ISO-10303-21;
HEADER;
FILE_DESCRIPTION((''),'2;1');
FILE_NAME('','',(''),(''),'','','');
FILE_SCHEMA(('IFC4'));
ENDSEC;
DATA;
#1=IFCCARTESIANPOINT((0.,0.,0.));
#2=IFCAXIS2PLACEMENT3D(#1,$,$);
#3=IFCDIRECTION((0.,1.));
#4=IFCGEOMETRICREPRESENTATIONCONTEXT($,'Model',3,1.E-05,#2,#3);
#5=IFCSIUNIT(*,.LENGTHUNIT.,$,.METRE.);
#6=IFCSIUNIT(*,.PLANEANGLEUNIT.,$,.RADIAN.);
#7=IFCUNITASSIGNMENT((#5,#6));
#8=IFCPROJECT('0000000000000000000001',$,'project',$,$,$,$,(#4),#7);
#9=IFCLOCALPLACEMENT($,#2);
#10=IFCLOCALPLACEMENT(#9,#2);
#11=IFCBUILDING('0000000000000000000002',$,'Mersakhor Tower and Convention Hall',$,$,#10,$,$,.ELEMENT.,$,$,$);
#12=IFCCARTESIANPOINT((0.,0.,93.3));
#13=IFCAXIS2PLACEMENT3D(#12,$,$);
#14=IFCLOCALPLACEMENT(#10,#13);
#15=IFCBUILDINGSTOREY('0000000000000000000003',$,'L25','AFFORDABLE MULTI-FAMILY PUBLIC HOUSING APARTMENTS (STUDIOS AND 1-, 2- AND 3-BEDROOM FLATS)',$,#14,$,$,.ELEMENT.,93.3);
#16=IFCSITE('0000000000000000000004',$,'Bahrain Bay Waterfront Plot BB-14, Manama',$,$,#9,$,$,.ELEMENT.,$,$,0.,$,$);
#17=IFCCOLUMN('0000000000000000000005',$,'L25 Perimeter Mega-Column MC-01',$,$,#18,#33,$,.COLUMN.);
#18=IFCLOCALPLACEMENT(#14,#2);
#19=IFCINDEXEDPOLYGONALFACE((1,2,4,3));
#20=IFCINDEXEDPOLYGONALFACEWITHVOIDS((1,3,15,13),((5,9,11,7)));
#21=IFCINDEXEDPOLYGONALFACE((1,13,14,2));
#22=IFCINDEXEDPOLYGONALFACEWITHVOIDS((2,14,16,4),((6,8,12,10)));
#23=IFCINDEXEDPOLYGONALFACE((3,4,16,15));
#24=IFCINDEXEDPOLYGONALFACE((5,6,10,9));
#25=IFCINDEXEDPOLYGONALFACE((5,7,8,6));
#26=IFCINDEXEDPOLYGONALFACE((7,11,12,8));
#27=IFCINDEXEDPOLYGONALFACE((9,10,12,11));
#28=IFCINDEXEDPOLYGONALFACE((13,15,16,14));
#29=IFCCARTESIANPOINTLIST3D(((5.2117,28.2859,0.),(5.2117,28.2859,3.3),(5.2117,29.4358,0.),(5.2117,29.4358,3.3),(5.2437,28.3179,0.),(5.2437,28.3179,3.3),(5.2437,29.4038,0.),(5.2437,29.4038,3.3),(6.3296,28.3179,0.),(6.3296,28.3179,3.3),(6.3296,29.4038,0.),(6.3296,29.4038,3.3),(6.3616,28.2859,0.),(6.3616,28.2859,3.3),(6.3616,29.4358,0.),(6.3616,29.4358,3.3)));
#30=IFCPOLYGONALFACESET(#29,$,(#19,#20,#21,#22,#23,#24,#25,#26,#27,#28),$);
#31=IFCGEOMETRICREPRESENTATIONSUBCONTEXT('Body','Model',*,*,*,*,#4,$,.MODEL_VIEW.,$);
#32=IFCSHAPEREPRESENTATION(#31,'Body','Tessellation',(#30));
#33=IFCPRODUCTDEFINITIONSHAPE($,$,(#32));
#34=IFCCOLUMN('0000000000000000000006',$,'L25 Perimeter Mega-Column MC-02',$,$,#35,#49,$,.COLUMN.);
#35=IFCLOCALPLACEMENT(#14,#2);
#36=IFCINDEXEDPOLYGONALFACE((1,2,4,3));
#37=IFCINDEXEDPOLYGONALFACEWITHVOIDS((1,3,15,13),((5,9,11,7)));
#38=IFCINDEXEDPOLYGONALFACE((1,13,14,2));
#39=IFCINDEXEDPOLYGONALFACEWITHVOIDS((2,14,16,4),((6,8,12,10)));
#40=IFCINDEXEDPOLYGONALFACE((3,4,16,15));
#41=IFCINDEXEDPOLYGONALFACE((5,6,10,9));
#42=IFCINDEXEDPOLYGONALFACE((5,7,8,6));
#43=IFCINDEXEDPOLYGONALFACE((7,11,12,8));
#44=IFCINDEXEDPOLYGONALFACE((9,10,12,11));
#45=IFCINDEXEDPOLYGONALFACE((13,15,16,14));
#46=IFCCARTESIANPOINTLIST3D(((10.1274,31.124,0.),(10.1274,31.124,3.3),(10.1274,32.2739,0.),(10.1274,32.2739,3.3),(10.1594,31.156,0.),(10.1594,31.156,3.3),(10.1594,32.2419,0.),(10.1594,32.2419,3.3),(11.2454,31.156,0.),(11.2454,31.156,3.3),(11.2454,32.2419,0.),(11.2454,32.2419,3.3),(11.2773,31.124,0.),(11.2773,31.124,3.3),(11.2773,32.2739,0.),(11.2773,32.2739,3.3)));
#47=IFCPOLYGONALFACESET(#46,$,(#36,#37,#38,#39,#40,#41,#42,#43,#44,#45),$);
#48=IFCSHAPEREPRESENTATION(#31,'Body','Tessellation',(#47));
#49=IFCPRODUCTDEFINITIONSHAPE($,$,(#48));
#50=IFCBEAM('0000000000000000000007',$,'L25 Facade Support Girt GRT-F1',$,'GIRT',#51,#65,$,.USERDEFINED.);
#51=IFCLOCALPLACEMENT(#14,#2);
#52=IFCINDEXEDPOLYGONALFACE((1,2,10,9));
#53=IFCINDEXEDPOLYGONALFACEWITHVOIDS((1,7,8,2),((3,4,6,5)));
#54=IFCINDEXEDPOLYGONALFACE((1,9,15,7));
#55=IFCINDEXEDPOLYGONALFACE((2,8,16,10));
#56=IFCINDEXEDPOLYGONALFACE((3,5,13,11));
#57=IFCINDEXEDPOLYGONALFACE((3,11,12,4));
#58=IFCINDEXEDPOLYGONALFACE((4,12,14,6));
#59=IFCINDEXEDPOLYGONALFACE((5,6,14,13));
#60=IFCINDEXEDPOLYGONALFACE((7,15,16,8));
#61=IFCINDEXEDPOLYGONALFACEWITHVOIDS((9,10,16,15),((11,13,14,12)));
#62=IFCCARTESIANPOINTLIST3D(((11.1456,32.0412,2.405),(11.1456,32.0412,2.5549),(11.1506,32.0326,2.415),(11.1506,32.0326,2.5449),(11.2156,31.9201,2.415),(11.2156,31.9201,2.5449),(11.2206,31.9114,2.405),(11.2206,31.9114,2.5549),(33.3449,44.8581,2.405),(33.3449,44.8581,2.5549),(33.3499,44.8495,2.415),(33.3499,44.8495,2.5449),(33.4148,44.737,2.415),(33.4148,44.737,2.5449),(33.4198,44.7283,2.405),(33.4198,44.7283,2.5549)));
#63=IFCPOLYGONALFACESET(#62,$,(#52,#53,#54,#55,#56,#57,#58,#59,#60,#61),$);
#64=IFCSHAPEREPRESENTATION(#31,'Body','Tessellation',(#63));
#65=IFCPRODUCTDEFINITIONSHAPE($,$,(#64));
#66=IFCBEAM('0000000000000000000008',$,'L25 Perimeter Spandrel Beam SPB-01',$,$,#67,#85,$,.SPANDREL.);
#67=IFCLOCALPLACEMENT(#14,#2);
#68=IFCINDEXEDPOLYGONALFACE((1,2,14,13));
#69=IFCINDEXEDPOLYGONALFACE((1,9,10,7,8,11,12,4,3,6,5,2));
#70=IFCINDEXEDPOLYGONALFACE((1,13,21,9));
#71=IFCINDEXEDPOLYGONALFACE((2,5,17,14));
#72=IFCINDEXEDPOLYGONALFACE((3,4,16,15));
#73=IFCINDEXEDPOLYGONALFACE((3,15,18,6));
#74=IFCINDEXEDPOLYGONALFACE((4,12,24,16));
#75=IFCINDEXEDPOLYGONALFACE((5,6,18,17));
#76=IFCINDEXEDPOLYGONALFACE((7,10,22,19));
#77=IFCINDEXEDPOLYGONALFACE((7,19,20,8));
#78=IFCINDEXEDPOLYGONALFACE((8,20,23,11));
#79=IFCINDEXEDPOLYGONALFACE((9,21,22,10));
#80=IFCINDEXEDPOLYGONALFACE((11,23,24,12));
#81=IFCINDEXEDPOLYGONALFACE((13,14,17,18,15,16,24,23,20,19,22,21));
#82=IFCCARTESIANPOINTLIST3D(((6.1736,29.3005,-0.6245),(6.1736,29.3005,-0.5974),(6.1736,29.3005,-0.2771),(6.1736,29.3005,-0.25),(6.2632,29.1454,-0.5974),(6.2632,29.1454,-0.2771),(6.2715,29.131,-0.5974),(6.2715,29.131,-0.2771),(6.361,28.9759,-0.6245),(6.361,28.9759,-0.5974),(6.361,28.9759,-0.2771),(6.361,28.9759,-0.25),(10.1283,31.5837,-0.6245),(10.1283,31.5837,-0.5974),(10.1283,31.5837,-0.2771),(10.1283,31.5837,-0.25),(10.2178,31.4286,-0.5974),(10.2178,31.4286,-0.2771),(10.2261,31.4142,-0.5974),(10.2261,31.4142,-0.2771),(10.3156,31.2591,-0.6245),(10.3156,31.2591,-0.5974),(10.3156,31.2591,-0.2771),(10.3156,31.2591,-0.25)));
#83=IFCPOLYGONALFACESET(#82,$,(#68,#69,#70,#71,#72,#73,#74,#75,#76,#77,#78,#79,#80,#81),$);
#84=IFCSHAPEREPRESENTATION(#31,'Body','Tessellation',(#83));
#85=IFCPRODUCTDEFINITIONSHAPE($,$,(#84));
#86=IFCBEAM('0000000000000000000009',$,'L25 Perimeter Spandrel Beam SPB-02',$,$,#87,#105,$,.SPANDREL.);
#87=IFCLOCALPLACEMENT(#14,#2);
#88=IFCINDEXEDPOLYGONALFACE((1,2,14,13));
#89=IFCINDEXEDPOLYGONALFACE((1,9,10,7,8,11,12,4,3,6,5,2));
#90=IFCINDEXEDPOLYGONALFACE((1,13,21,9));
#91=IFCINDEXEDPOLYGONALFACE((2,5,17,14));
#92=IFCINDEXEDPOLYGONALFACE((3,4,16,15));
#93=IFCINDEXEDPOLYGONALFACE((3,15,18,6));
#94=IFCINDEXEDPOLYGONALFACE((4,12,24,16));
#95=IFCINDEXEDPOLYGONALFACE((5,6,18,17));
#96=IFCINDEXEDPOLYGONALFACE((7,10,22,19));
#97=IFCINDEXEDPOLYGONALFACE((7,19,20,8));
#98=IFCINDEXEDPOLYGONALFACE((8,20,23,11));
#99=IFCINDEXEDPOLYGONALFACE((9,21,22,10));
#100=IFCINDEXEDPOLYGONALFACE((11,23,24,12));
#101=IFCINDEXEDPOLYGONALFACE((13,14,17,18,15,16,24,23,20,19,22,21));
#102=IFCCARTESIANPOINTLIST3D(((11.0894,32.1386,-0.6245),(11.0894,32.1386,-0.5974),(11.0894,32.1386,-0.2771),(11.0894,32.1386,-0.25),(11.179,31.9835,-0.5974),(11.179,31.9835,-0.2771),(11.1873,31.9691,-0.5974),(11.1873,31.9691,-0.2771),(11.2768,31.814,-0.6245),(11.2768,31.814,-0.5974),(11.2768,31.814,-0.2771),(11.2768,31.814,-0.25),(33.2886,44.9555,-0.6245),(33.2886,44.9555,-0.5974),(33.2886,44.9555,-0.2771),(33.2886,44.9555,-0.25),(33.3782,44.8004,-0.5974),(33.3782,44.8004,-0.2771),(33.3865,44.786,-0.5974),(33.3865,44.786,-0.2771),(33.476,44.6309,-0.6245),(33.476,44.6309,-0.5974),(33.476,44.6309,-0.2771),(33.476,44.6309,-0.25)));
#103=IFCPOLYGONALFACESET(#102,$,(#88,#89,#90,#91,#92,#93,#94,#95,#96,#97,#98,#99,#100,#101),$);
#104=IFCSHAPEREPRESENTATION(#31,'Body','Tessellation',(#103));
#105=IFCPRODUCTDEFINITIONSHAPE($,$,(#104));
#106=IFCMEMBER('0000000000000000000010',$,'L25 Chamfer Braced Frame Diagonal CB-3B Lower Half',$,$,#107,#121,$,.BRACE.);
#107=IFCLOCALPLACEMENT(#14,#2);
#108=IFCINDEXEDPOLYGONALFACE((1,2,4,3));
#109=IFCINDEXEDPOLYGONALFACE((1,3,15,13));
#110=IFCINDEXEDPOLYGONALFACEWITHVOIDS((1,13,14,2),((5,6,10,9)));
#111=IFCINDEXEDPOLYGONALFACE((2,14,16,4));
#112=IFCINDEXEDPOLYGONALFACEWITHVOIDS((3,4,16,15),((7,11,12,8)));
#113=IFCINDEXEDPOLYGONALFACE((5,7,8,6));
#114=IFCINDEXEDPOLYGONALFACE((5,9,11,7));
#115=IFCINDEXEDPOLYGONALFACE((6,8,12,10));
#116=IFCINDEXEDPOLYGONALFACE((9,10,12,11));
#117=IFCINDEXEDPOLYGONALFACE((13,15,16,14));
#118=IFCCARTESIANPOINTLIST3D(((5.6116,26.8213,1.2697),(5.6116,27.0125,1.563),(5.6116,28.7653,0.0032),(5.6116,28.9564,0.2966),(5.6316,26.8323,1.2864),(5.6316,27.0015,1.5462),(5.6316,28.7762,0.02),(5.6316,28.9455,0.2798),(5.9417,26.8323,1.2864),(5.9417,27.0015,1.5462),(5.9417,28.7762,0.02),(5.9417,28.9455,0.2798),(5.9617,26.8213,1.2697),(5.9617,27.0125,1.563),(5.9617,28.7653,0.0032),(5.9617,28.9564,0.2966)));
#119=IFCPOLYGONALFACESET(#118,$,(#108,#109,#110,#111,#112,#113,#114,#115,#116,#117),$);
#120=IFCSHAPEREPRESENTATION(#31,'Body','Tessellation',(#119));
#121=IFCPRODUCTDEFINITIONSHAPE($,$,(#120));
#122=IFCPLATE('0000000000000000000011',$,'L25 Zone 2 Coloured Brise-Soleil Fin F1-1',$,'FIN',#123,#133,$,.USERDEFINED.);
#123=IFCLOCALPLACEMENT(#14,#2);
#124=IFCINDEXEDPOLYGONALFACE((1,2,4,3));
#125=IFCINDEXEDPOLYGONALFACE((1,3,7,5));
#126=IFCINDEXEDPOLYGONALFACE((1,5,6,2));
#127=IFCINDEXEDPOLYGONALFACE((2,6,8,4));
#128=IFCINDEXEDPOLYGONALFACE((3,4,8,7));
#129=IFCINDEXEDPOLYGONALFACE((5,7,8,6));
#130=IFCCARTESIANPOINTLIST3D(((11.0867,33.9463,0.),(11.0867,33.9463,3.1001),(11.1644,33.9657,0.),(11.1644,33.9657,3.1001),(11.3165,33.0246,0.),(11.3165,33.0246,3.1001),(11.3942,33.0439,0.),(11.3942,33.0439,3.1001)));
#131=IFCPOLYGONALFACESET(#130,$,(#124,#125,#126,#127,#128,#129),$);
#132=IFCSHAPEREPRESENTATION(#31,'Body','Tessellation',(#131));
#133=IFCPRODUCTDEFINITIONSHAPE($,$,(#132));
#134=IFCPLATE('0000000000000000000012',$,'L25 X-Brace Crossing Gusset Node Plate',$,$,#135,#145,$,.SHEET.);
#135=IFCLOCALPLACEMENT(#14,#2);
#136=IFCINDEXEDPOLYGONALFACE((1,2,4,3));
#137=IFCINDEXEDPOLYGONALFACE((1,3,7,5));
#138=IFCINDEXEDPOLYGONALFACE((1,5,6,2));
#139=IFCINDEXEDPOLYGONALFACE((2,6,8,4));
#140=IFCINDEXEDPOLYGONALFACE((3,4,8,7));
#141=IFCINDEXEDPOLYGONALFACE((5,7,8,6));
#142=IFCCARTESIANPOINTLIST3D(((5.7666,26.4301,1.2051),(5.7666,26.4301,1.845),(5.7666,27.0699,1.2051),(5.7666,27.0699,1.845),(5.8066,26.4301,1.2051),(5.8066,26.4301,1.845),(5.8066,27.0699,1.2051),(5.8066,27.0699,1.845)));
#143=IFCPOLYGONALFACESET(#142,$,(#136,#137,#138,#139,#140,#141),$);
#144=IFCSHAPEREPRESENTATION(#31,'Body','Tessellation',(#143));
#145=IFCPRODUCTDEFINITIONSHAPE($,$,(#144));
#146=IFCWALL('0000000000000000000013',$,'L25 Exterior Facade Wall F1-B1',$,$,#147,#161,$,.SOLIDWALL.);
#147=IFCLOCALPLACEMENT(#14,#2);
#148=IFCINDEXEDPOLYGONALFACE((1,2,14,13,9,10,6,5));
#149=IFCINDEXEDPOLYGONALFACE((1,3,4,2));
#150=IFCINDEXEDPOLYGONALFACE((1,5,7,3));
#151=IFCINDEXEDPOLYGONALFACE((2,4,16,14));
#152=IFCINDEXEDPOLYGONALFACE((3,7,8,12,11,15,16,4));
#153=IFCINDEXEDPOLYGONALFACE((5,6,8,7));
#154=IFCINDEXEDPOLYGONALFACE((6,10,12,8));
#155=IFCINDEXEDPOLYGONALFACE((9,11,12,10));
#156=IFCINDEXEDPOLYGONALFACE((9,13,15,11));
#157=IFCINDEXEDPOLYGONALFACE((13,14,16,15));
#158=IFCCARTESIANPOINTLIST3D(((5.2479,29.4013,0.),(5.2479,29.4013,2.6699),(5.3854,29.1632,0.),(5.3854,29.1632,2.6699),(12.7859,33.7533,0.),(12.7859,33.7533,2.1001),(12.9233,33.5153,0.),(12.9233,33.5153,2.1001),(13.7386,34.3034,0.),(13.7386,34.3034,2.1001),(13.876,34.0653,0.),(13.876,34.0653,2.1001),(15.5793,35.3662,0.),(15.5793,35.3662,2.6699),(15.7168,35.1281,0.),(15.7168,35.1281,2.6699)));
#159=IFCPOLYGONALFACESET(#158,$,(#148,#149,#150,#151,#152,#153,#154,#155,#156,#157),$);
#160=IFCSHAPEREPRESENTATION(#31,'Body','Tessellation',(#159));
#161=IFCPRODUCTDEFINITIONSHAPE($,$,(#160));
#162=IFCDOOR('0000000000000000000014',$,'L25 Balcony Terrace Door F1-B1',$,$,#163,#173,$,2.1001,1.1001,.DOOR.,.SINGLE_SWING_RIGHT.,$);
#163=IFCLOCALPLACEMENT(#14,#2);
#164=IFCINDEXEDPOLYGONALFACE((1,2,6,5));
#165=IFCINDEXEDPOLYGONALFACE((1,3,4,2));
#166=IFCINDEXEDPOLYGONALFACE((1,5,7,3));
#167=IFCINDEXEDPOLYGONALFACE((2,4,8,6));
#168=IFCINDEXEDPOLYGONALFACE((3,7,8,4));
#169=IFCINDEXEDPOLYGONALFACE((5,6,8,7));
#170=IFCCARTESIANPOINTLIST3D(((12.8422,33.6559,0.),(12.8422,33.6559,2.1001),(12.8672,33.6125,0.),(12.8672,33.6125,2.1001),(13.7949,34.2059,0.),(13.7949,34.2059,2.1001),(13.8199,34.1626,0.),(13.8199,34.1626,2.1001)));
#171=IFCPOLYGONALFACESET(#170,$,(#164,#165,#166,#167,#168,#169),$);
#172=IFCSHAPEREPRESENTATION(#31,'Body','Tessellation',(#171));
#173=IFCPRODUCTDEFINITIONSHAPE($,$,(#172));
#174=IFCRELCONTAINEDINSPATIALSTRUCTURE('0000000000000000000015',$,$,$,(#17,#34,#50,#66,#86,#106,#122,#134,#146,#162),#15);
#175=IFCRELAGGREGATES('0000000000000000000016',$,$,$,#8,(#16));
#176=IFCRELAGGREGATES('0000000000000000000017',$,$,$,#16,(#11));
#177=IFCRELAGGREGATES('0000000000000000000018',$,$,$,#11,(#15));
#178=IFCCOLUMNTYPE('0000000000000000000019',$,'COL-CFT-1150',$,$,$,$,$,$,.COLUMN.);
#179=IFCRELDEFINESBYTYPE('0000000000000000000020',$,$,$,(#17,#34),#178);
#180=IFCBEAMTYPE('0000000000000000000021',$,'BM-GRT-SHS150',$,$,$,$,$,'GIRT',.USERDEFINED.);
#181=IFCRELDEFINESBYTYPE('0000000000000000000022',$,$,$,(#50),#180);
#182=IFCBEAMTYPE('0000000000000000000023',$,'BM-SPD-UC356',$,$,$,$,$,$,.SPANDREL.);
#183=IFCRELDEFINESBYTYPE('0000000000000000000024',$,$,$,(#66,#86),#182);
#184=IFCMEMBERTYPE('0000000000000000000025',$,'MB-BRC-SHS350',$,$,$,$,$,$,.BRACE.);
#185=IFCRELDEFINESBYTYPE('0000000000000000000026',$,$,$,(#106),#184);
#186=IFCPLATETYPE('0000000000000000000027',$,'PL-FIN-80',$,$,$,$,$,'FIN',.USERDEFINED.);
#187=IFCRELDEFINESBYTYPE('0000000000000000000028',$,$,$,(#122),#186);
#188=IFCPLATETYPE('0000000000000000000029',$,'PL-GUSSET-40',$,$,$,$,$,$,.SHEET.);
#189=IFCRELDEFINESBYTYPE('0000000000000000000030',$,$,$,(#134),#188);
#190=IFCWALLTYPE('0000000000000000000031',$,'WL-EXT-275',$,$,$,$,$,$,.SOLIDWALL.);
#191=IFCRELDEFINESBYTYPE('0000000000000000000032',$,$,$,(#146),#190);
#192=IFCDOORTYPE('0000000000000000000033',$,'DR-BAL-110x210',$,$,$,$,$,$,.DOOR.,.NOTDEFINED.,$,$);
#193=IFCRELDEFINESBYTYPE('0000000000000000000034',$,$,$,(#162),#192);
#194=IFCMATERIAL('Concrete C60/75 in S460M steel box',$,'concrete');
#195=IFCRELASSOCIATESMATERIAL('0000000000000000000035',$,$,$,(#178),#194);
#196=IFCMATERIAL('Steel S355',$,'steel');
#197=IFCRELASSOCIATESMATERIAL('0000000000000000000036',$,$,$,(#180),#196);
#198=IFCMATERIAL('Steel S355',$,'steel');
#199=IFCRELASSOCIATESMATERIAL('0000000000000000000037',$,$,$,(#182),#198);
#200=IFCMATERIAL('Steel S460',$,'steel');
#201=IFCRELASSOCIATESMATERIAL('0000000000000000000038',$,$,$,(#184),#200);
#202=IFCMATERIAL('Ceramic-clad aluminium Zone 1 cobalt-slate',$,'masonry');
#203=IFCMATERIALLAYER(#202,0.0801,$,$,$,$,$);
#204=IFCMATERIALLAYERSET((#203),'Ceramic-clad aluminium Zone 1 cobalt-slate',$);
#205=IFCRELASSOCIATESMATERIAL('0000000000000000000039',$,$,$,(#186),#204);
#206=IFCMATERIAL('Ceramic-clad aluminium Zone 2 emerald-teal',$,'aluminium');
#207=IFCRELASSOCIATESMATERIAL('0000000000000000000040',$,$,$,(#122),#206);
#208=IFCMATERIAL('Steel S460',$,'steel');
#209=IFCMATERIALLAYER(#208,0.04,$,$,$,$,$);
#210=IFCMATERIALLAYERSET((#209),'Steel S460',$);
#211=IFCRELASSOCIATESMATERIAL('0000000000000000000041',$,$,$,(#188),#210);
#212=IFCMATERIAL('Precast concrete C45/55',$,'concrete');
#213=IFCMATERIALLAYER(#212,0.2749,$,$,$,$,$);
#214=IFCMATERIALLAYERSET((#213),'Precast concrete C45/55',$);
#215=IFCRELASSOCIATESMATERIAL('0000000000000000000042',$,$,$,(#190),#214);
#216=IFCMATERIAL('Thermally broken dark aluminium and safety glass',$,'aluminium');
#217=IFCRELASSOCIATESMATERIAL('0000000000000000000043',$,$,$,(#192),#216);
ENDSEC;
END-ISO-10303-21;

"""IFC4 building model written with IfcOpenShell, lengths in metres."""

from ifc_helpers import new_model, si_unit, direction, frame, frame_2d, origin, origin_2d, place, context, subcontext, project, spatial, rectangle, hollow_rectangle, i_section, extrude, material, layer, layer_set, material_profile, profile_set, type_object, element, fill, save


model = new_model("IFC4")

# Units and contexts
model_context = context("Model", 3, precision=1e-05, world=origin(), true_north=direction((0.0, 1.0)))
body_context = subcontext(model_context, "Body", "Model", "MODEL_VIEW")
ifc_project = project(units=[si_unit("LENGTHUNIT", "METRE"), si_unit("PLANEANGLEUNIT", "RADIAN")], contexts=[model_context])

# Site, building, storey
site_placement = place(None, origin())
site = spatial("IfcSite", under=ifc_project, at=site_placement, Name="Bahrain Bay Waterfront Plot BB-14, Manama", CompositionType="ELEMENT", RefElevation=0.0)
building_placement = place(site_placement, origin())
building = spatial("IfcBuilding", under=site, at=building_placement, Name="Mersakhor Tower and Convention Hall", CompositionType="ELEMENT")
storey_placement = place(building_placement, frame((0.0, 0.0, 93.3)))
storey = spatial("IfcBuildingStorey", under=building, at=storey_placement, Name="L25", Description="AFFORDABLE MULTI-FAMILY PUBLIC HOUSING APARTMENTS (STUDIOS AND 1-, 2- AND 3-BEDROOM FLATS)", CompositionType="ELEMENT", Elevation=93.3)

# Columns
ifc_material_1 = material(Name="Concrete C60/75 in S460M steel box", Category="concrete")
ifc_material_profile_1 = material_profile(ifc_material_1, hollow_rectangle(XDim=1.1499, YDim=1.1499, WallThickness=0.032, at=origin_2d()), Name="SHS 1150x1150x32")
ifc_profile_set_1 = profile_set([ifc_material_profile_1], Name="Concrete C60/75 in S460M steel box")
column_type = type_object("IfcColumnType", Name="COL-CFT-1150", PredefinedType="COLUMN", material=ifc_profile_set_1)
for number, where, z_axis, x_axis, name in (
    (1, (5.7866, 28.8608, 0.0), (0.0, 0.0, 1.0), (1.0, 0.0, 0.0), "L25 Perimeter Mega-Column MC-01"),
    (2, (10.7024, 31.699, 0.0), (0.0, 0.0, 1.0), (1.0, 0.0, 0.0), "L25 Perimeter Mega-Column MC-02"),
):
    element("IfcColumn", number, at=place(storey_placement, frame(where, z_axis=z_axis, x_axis=x_axis)), inside=storey, type_object=column_type, Name=name, PredefinedType="COLUMN", context=body_context, shape_type="SweptSolid", body=[
        extrude(hollow_rectangle(XDim=1.1499, YDim=1.1499, WallThickness=0.032, at=origin_2d()), origin(), (0.0, 0.0, 1.0), 3.3),
    ])

# Beams
ifc_material_2 = material(Name="Steel S355", Category="steel")
ifc_material_profile_2 = material_profile(ifc_material_2, hollow_rectangle(XDim=0.1499, YDim=0.1499, WallThickness=0.01, at=origin_2d()), Name="SHS 150x150x10")
ifc_profile_set_2 = profile_set([ifc_material_profile_2], Name="Steel S355")
beam_type_1 = type_object("IfcBeamType", Name="BM-GRT-SHS150", ElementType="GIRT", PredefinedType="USERDEFINED", material=ifc_profile_set_2)
beam_1_placement = place(storey_placement, frame((11.1831, 31.9763, 2.48), z_axis=(0.866023, 0.500005, 0.0), x_axis=(-0.500005, 0.866023, 0.0)))
element("IfcBeam", 3, at=beam_1_placement, inside=storey, type_object=beam_type_1, Name="L25 Facade Support Girt GRT-F1", ObjectType="GIRT", PredefinedType="USERDEFINED", context=body_context, shape_type="SweptSolid", body=[
    extrude(hollow_rectangle(XDim=0.1499, YDim=0.1499, WallThickness=0.01, at=origin_2d()), origin(), (0.0, 0.0, 1.0), 25.6335),
])
ifc_material_3 = material(Name="Steel S355", Category="steel")
ifc_material_profile_3 = material_profile(ifc_material_3, i_section(OverallWidth=0.3748, OverallDepth=0.3745, WebThickness=0.0166, FlangeThickness=0.0271, at=origin_2d()), Name="UC 356x368x202")
ifc_profile_set_3 = profile_set([ifc_material_profile_3], Name="Steel S355")
beam_type_2 = type_object("IfcBeamType", Name="BM-SPD-UC356", PredefinedType="SPANDREL", material=ifc_profile_set_3)
beam_2_placement = place(storey_placement, frame((6.2673, 29.1382, -0.4373), z_axis=(0.866024, 0.500003, 0.0), x_axis=(-0.500003, 0.866024, 0.0)))
element("IfcBeam", 4, at=beam_2_placement, inside=storey, type_object=beam_type_2, Name="L25 Perimeter Spandrel Beam SPB-01", PredefinedType="SPANDREL", context=body_context, shape_type="SweptSolid", body=[
    extrude(i_section(OverallWidth=0.3748, OverallDepth=0.3745, WebThickness=0.0166, FlangeThickness=0.0271, at=origin_2d()), origin(), (0.0, 0.0, 1.0), 4.5664),
])
beam_3_placement = place(storey_placement, frame((11.1831, 31.9763, -0.4373), z_axis=(0.866023, 0.500005, 0.0), x_axis=(-0.500005, 0.866023, 0.0)))
element("IfcBeam", 5, at=beam_3_placement, inside=storey, type_object=beam_type_2, Name="L25 Perimeter Spandrel Beam SPB-02", PredefinedType="SPANDREL", context=body_context, shape_type="SweptSolid", body=[
    extrude(i_section(OverallWidth=0.3748, OverallDepth=0.3745, WebThickness=0.0166, FlangeThickness=0.0271, at=origin_2d()), origin(), (0.0, 0.0, 1.0), 25.6335),
])

# Member
ifc_material_4 = material(Name="Steel S460", Category="steel")
ifc_material_profile_4 = material_profile(ifc_material_4, hollow_rectangle(XDim=0.3501, YDim=0.3501, WallThickness=0.02, at=origin_2d()), Name="SHS 350x350x20")
ifc_profile_set_4 = profile_set([ifc_material_profile_4], Name="Steel S460")
member_type = type_object("IfcMemberType", Name="MB-BRC-SHS350", PredefinedType="BRACE", material=ifc_profile_set_4)
member_placement = place(storey_placement, frame((5.7866, 28.8608, 0.1499), z_axis=(0.0, -0.837881, 0.545854), x_axis=(1.0, 0.0, 0.0)))
element("IfcMember", 6, at=member_placement, inside=storey, type_object=member_type, Name="L25 Chamfer Braced Frame Diagonal CB-3B Lower Half", PredefinedType="BRACE", context=body_context, shape_type="SweptSolid", body=[
    extrude(hollow_rectangle(XDim=0.3501, YDim=0.3501, WallThickness=0.02, at=origin_2d()), origin(), (0.0, 0.0, 1.0), 2.3201),
])

# Plates
ifc_material_5 = material(Name="Ceramic-clad aluminium Zone 2 emerald-teal", Category="aluminium")
ifc_material_6 = material(Name="Ceramic-clad aluminium Zone 1 cobalt-slate", Category="masonry")
ifc_layer_1 = layer(ifc_material_6, 0.0801)
ifc_layer_set_1 = layer_set([ifc_layer_1], Name="Ceramic-clad aluminium Zone 1 cobalt-slate")
plate_type_1 = type_object("IfcPlateType", Name="PL-FIN-80", ElementType="FIN", PredefinedType="USERDEFINED", material=ifc_layer_set_1)
plate_1_placement = place(storey_placement, frame((11.2405, 33.4951, 0.0), z_axis=(0.0, 0.0, 1.0), x_axis=(-0.241922, 0.970296, 0.0)))
element("IfcPlate", 7, at=plate_1_placement, inside=storey, type_object=plate_type_1, material=ifc_material_5, Name="L25 Zone 2 Coloured Brise-Soleil Fin F1-1", ObjectType="FIN", PredefinedType="USERDEFINED", context=body_context, shape_type="SweptSolid", body=[
    extrude(rectangle(XDim=0.95, YDim=0.0801, at=origin_2d()), origin(), (0.0, 0.0, 1.0), 3.1001),
])
ifc_material_7 = material(Name="Steel S460", Category="steel")
ifc_layer_2 = layer(ifc_material_7, 0.04)
ifc_layer_set_2 = layer_set([ifc_layer_2], Name="Steel S460")
plate_type_2 = type_object("IfcPlateType", Name="PL-GUSSET-40", PredefinedType="SHEET", material=ifc_layer_set_2)
plate_2_placement = place(storey_placement, frame((5.7866, 26.75, 1.2051), z_axis=(0.0, 0.0, 1.0), x_axis=(0.0, -1.0, 0.0)))
element("IfcPlate", 8, at=plate_2_placement, inside=storey, type_object=plate_type_2, Name="L25 X-Brace Crossing Gusset Node Plate", PredefinedType="SHEET", context=body_context, shape_type="SweptSolid", body=[
    extrude(rectangle(XDim=0.6399, YDim=0.04, at=origin_2d()), origin(), (0.0, 0.0, 1.0), 0.6399),
])

# Wall, opening, door
ifc_material_8 = material(Name="Precast concrete C45/55", Category="concrete")
ifc_layer_3 = layer(ifc_material_8, 0.2749)
ifc_layer_set_3 = layer_set([ifc_layer_3], Name="Precast concrete C45/55")
wall_type_1 = type_object("IfcWallType", Name="WL-EXT-275", PredefinedType="SOLIDWALL", material=ifc_layer_set_3)
wall_1_placement = place(storey_placement, frame((5.3167, 29.2822, 0.0), z_axis=(0.0, 0.0, 1.0), x_axis=(0.866023, 0.500004, 0.0)))
wall_1 = element("IfcWall", 9, at=wall_1_placement, inside=storey, type_object=wall_type_1, Name="L25 Exterior Facade Wall F1-B1", PredefinedType="SOLIDWALL", context=body_context, shape_type="SweptSolid", body=[
    extrude(rectangle(XDim=11.9297, YDim=0.2749, at=frame_2d((5.9648, 0.0))), origin(), (0.0, 0.0, 1.0), 2.6699),
])
opening_1_placement = place(wall_1_placement, frame((8.7041, 0.0, 0.0)))
opening_1 = element("IfcOpeningElement", 10, at=opening_1_placement, cuts=wall_1, PredefinedType="OPENING", context=body_context, shape_type="SweptSolid", body=[
    extrude(rectangle(XDim=1.1001, YDim=2.1001, at=frame_2d((0.55, 1.05))), frame((0.0, 0.1475, 0.0), z_axis=(0.0, -1.0, 0.0), x_axis=(1.0, 0.0, 0.0)), (0.0, 0.0, 1.0), 0.2949),
])
ifc_material_9 = material(Name="Thermally broken dark aluminium and safety glass", Category="aluminium")
door_type_1 = type_object("IfcDoorType", Name="DR-BAL-110x210", OperationType="NOTDEFINED", PredefinedType="DOOR", material=ifc_material_9)
door_1_placement = place(opening_1_placement, origin())
door_1 = element("IfcDoor", 11, at=door_1_placement, inside=storey, type_object=door_type_1, Name="L25 Balcony Terrace Door F1-B1", OperationType="SINGLE_SWING_RIGHT", OverallHeight=2.1001, OverallWidth=1.1001, PredefinedType="DOOR", context=body_context, shape_type="SweptSolid", body=[
    extrude(rectangle(XDim=1.1001, YDim=2.1001, at=frame_2d((0.55, 1.05))), frame((0.0, 0.0249, 0.0), z_axis=(0.0, -1.0, 0.0), x_axis=(1.0, 0.0, 0.0)), (0.0, 0.0, 1.0), 0.05),
])
fill(opening_1, door_1)

save(model, "model.ifc")
